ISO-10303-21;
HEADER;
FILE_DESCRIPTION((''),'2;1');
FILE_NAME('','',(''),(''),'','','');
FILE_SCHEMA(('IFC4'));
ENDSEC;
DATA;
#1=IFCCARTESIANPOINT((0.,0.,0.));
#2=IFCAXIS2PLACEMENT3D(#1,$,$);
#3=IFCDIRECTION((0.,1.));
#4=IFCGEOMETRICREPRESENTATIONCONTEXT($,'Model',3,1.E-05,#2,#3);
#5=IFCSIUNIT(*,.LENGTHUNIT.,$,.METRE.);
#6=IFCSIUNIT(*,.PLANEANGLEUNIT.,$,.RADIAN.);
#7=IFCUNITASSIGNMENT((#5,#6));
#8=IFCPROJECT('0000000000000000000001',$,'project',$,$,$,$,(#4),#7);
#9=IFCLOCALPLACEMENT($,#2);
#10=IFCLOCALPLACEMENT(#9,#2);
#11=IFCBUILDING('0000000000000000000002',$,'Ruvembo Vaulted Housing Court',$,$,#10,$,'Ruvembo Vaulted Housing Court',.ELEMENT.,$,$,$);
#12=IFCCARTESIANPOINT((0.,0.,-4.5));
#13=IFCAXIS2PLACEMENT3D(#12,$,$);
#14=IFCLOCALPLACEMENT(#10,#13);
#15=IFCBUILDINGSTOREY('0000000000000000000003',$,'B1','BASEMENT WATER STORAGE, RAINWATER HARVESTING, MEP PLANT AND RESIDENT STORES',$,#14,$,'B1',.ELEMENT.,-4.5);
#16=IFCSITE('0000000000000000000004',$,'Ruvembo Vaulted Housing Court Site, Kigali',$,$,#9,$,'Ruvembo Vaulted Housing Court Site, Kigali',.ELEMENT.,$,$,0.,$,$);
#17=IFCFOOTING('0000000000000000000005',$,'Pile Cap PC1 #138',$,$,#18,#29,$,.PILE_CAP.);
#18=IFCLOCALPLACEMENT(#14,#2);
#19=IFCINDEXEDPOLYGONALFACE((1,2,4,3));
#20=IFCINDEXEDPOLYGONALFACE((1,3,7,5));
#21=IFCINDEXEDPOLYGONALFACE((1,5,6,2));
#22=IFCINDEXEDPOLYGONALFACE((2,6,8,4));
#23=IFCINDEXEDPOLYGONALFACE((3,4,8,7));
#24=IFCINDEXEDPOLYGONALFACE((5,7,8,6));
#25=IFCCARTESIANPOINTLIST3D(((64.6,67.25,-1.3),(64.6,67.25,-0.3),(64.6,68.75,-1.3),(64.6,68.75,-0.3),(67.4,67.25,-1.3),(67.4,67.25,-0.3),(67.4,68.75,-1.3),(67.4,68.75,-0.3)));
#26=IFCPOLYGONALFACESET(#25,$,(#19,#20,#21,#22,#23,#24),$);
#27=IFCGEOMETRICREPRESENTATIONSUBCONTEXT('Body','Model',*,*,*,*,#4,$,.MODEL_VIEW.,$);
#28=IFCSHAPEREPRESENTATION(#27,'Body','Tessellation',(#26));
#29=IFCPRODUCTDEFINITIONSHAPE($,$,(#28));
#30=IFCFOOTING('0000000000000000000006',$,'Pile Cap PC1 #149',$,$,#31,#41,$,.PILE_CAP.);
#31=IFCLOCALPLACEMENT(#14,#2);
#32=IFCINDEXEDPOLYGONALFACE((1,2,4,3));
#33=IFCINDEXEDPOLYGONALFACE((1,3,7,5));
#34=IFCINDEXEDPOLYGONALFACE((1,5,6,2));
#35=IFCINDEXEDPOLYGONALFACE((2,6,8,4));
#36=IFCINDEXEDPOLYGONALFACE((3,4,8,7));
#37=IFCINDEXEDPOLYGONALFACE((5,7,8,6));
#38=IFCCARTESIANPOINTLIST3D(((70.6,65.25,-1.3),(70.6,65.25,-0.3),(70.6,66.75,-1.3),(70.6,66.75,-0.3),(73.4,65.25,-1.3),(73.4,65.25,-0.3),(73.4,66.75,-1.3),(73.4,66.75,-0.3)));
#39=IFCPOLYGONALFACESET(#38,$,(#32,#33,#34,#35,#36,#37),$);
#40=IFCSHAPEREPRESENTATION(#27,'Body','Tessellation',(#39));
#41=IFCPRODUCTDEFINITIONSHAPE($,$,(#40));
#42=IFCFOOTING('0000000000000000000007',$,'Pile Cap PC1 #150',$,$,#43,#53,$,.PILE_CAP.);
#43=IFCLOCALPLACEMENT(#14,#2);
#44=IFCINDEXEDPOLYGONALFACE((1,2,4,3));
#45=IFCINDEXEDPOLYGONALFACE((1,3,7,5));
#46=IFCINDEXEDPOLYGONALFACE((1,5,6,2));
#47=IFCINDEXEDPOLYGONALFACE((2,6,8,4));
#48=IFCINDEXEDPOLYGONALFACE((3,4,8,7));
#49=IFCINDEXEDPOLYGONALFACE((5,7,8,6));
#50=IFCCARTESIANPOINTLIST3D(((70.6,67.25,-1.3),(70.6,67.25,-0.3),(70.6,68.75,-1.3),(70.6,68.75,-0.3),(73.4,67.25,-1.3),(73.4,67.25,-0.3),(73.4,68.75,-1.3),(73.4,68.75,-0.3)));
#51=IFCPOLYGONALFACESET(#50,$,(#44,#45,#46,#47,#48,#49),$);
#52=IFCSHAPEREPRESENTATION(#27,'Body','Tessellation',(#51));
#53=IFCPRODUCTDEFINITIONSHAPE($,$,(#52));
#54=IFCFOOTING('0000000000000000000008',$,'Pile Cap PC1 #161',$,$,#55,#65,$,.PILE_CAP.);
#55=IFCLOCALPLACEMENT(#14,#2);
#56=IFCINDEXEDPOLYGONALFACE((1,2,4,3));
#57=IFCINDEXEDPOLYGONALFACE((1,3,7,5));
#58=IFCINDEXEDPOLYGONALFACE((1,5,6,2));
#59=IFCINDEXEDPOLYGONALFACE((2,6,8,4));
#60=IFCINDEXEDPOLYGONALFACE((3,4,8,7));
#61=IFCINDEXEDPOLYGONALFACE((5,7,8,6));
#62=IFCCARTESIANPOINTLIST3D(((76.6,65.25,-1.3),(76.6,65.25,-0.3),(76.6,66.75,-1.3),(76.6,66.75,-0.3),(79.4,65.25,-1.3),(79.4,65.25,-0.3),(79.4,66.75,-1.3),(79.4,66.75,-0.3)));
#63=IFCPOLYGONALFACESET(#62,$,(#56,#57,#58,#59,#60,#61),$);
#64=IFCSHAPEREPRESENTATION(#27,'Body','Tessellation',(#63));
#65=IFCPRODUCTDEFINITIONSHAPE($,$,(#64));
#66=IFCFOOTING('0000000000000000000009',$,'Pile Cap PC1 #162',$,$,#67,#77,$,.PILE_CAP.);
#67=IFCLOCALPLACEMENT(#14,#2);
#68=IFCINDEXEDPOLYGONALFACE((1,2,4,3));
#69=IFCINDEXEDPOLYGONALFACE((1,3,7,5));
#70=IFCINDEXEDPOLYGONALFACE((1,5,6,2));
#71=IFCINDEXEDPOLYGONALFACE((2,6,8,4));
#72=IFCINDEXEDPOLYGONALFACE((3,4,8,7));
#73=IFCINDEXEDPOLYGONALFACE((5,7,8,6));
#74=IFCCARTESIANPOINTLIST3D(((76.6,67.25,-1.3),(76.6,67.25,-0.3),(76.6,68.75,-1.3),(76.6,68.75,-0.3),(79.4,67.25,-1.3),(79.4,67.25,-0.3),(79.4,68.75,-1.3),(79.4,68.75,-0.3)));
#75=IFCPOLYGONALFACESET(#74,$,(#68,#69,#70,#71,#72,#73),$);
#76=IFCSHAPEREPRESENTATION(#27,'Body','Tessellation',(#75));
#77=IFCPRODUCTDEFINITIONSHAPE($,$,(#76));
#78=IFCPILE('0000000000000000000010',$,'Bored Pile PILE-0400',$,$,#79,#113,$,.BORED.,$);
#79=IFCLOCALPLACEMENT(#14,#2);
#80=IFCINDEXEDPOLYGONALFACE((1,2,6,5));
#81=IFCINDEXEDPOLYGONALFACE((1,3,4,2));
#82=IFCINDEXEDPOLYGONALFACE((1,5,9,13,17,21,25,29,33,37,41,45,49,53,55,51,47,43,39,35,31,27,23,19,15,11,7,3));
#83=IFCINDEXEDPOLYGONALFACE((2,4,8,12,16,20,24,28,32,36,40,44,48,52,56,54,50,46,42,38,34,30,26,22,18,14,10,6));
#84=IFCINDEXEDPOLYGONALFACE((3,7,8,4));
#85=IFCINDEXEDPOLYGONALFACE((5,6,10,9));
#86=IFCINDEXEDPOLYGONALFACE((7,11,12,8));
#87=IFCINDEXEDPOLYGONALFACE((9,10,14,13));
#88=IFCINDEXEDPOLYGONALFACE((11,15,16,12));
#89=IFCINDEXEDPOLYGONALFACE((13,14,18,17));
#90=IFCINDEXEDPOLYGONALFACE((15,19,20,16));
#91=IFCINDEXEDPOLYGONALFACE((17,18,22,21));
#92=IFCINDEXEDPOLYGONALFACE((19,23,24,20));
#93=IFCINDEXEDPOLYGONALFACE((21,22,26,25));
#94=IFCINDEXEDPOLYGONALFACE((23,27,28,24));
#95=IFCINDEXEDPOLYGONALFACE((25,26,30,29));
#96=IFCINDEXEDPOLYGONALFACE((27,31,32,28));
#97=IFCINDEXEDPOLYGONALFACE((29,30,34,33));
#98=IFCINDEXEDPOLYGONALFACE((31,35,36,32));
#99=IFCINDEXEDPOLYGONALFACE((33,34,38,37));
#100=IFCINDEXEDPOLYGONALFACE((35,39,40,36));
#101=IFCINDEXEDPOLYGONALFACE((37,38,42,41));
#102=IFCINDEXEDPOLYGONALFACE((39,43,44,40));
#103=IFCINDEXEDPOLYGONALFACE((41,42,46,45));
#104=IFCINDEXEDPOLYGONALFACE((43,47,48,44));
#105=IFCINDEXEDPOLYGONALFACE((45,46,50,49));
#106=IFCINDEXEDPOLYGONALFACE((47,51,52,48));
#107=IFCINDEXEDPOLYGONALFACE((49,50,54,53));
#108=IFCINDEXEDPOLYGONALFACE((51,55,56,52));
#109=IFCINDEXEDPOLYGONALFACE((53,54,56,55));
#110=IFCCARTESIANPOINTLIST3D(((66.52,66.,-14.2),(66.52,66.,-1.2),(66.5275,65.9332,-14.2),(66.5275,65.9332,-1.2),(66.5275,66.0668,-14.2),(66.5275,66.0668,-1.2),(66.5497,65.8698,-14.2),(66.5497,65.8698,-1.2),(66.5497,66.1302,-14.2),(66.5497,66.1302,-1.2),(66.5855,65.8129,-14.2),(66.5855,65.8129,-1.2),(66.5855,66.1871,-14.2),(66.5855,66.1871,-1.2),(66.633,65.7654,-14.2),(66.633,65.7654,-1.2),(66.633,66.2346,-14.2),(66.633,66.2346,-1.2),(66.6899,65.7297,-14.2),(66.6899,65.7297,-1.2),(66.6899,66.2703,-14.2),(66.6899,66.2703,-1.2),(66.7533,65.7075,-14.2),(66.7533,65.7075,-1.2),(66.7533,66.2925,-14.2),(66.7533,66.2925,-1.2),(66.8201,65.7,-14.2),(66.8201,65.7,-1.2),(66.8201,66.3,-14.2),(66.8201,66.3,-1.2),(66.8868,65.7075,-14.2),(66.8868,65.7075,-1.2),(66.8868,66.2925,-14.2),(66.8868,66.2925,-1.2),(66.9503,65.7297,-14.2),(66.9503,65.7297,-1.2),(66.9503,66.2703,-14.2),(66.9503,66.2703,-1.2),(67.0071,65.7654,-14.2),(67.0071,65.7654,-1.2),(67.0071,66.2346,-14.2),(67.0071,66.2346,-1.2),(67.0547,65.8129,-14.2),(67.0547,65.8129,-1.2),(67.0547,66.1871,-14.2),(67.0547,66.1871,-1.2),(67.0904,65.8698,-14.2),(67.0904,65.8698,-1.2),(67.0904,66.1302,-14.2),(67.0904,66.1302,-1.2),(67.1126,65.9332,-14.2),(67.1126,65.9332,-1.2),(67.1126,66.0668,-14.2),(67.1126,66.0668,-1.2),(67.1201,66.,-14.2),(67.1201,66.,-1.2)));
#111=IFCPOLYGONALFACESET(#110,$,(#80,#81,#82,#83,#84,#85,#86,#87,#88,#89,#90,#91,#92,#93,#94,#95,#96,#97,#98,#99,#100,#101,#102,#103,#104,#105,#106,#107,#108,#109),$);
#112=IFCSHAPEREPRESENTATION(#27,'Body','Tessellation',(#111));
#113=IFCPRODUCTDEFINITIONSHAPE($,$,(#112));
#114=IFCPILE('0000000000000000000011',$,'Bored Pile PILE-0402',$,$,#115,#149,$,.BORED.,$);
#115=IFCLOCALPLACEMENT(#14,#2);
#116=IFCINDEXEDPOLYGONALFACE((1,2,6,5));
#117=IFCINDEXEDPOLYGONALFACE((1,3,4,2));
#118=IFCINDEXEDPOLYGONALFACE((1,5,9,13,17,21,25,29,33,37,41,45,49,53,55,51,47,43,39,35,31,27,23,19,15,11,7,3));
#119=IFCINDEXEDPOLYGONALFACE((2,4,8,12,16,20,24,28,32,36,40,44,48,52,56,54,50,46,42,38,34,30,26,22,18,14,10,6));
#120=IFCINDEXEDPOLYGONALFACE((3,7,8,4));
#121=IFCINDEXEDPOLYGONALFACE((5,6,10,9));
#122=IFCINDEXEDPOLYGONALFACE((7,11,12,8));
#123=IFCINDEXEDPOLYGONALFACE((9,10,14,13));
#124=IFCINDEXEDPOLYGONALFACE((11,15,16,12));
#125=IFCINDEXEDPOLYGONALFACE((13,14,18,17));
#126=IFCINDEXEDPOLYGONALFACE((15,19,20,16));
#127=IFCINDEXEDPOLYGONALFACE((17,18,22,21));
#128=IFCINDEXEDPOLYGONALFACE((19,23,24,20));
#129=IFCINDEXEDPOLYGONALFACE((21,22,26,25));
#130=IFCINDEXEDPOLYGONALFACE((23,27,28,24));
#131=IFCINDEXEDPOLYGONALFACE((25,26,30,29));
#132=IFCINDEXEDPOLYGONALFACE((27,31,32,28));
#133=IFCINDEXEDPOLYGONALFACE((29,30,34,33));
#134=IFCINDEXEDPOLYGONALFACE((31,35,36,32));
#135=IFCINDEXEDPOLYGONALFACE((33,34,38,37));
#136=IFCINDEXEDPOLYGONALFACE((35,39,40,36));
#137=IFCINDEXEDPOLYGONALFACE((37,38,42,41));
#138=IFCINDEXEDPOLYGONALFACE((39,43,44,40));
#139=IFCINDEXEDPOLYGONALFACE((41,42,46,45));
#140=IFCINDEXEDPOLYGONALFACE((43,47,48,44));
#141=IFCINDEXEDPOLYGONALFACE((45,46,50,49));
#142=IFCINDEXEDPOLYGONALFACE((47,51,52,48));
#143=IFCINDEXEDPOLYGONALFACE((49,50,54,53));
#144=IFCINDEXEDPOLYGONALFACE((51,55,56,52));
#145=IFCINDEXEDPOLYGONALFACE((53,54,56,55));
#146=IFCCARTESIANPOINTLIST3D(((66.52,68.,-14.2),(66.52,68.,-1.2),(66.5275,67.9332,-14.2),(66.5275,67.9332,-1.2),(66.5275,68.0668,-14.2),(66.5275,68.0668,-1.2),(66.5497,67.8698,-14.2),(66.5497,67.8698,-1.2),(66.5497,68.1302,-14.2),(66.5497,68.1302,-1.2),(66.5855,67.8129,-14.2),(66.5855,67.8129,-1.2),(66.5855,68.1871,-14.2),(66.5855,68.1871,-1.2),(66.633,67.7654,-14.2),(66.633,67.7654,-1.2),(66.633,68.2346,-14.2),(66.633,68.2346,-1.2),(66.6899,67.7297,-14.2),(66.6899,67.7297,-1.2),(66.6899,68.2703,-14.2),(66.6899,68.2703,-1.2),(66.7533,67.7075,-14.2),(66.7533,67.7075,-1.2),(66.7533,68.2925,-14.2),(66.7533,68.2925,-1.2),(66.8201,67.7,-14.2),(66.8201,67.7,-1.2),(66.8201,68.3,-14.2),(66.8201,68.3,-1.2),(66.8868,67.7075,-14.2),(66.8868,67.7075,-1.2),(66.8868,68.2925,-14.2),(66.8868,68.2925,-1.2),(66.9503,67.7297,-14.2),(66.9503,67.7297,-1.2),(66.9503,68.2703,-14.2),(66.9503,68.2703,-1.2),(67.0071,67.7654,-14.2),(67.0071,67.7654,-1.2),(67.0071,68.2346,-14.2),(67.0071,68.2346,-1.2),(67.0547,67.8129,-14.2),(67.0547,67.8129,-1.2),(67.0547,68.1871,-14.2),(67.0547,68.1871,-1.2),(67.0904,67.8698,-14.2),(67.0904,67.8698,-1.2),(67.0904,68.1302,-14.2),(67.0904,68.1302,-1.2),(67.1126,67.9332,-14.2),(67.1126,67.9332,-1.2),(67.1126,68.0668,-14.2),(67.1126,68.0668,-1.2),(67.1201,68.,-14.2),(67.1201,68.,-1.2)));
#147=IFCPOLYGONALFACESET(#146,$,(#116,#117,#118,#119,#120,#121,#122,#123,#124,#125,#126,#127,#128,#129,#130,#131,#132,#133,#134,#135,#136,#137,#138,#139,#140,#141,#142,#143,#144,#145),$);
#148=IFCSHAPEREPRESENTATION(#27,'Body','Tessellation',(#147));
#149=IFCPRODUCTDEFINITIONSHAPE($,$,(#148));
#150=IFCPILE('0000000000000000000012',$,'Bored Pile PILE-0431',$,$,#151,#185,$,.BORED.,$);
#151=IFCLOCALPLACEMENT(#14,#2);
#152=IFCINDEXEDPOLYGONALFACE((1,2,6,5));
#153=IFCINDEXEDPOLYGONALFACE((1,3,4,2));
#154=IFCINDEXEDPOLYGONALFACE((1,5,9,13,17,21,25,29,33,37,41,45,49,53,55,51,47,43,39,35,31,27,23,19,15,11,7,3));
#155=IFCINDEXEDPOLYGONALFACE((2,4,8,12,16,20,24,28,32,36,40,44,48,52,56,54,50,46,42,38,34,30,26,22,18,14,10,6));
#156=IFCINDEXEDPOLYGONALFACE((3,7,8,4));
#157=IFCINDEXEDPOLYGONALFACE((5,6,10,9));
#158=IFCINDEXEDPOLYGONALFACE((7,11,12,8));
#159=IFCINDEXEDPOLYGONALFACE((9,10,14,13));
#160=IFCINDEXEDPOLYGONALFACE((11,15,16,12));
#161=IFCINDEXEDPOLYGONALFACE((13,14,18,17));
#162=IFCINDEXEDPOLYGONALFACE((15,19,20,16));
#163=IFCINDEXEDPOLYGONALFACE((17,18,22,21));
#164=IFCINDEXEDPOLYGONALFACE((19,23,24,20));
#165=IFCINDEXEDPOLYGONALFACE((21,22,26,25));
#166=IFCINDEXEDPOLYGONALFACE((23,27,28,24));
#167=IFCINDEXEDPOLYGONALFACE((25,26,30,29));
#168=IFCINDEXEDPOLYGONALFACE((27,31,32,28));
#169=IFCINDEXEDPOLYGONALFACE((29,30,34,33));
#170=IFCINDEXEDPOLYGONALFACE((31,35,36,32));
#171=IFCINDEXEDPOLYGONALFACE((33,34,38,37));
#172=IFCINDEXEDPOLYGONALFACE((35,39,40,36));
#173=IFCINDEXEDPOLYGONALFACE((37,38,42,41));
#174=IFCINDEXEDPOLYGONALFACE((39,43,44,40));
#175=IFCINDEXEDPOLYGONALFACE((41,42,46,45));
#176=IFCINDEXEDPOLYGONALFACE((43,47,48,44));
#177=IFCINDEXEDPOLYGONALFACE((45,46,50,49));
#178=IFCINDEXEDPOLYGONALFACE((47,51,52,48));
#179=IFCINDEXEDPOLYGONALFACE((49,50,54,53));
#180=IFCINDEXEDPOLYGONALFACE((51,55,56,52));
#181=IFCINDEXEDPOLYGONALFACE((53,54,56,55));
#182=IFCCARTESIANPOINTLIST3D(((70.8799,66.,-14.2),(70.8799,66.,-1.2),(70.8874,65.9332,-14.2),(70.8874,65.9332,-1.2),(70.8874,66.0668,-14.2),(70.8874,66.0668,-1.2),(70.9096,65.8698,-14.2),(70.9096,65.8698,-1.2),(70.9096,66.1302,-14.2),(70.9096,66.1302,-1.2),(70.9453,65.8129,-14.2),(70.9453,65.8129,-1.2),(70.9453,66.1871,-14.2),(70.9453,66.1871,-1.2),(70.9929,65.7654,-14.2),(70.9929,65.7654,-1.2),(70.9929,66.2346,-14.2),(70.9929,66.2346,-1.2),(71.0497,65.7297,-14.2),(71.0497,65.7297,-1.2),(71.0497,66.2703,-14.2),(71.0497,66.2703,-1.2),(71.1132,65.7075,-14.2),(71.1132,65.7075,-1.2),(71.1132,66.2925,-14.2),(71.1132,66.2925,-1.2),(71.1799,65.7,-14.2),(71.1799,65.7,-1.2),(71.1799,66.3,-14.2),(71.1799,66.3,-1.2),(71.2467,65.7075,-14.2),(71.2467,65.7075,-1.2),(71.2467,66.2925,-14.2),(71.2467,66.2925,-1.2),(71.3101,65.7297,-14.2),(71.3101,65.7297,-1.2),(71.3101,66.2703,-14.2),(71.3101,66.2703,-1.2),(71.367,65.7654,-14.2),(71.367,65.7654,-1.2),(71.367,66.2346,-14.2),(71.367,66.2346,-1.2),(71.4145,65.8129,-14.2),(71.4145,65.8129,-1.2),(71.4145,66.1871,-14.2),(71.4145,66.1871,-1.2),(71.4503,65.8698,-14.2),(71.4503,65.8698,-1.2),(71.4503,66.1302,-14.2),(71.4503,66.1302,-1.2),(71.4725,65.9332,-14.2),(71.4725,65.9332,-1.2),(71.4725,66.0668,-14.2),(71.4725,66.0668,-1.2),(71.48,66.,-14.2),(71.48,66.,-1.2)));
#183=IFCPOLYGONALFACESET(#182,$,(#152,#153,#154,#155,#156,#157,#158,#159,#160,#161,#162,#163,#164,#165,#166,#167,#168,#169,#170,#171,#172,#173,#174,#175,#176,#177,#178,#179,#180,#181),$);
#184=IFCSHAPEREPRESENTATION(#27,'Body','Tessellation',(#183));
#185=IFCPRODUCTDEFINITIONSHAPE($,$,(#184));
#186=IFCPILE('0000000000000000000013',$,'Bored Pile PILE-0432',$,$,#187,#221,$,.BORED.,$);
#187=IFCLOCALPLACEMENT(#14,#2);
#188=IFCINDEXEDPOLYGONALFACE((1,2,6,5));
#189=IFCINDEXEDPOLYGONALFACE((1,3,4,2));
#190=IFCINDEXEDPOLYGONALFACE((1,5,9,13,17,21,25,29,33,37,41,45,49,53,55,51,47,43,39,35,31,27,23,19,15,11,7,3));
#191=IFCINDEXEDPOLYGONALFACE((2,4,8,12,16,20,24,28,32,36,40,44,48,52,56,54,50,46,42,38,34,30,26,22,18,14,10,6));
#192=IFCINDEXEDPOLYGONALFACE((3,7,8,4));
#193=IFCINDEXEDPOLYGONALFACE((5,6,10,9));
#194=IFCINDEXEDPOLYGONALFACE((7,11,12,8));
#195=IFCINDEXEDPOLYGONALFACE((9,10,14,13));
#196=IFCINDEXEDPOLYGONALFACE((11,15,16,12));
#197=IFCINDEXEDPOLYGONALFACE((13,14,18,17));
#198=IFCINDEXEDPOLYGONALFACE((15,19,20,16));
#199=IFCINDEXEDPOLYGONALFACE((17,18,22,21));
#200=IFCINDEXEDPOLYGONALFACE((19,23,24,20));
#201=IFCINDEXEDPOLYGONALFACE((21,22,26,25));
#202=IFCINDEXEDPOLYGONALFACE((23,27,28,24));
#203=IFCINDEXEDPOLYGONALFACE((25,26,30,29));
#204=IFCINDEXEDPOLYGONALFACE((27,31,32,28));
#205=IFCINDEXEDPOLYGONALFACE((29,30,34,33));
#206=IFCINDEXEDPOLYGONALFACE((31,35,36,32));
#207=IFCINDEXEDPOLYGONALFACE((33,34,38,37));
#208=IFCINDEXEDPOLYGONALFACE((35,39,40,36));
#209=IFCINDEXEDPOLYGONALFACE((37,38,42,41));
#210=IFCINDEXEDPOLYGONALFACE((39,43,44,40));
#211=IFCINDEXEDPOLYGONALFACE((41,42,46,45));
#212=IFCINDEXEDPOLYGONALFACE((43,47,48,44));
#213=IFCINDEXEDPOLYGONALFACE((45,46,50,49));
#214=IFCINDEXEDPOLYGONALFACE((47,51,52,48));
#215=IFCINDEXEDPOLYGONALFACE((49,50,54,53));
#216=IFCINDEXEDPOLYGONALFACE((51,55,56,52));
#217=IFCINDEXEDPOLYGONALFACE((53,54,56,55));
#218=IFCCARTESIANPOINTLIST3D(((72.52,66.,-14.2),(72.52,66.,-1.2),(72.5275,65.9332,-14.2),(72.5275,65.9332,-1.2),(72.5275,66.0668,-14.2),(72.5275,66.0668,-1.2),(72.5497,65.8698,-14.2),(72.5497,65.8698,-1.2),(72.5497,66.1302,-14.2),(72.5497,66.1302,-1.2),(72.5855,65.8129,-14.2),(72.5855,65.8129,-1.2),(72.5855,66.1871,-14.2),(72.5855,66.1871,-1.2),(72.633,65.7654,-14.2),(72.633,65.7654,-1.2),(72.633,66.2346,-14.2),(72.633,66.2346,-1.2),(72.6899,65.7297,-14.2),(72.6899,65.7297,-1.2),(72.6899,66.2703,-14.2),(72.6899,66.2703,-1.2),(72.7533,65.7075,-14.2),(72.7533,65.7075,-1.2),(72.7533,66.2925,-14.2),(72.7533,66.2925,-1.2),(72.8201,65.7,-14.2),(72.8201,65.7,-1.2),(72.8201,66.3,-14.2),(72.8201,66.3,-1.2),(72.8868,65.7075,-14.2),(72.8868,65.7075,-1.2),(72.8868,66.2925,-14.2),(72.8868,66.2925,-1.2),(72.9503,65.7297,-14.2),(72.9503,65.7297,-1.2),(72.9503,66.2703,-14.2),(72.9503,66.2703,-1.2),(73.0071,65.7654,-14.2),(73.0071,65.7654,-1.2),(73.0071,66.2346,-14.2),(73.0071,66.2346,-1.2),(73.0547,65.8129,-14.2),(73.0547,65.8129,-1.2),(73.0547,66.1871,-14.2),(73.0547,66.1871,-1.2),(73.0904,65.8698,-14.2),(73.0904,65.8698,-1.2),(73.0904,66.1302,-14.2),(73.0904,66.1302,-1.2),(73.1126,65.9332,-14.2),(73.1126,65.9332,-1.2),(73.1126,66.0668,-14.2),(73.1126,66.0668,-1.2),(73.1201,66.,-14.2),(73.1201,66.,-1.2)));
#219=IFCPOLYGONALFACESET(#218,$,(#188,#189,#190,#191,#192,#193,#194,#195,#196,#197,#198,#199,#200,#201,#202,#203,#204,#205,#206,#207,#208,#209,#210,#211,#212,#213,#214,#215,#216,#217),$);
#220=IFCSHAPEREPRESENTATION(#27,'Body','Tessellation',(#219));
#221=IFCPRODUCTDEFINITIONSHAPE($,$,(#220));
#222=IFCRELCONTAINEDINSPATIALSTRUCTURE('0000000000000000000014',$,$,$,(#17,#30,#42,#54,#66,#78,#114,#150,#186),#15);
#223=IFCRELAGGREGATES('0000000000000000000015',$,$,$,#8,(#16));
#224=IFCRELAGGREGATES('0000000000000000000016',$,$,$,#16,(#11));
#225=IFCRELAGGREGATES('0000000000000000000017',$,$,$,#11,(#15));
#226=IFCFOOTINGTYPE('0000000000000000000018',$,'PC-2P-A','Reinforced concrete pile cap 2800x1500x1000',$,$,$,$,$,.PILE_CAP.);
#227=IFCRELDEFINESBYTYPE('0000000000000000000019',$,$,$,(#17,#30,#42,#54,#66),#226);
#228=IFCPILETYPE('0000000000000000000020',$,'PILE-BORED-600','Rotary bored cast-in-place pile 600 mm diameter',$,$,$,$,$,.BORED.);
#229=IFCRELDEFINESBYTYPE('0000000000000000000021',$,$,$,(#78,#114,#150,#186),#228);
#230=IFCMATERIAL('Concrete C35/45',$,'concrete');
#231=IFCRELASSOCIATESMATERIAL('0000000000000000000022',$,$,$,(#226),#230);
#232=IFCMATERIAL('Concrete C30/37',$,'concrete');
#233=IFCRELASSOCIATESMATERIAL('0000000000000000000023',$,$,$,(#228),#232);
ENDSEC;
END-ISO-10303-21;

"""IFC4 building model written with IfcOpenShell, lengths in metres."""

from ifc_helpers import new_model, si_unit, direction, frame, origin, origin_2d, place, context, subcontext, project, spatial, rectangle, circle, extrude, material, material_profile, profile_set, type_object, element, save


model = new_model("IFC4")

# Units and contexts
model_context = context("Model", 3, precision=1e-05, world=origin(), true_north=direction((0.0, 1.0)))
body_context = subcontext(model_context, "Body", "Model", "MODEL_VIEW")
ifc_project = project(units=[si_unit("LENGTHUNIT", "METRE"), si_unit("PLANEANGLEUNIT", "RADIAN")], contexts=[model_context])

# Site, building, storey
site_placement = place(None, origin())
site = spatial("IfcSite", under=ifc_project, at=site_placement, Name="Ruvembo Vaulted Housing Court Site, Kigali", LongName="Ruvembo Vaulted Housing Court Site, Kigali", CompositionType="ELEMENT", RefElevation=0.0)
building_placement = place(site_placement, origin())
building = spatial("IfcBuilding", under=site, at=building_placement, Name="Ruvembo Vaulted Housing Court", LongName="Ruvembo Vaulted Housing Court", CompositionType="ELEMENT")
storey_placement = place(building_placement, frame((0.0, 0.0, -4.5)))
storey = spatial("IfcBuildingStorey", under=building, at=storey_placement, Name="B1", Description="BASEMENT WATER STORAGE, RAINWATER HARVESTING, MEP PLANT AND RESIDENT STORES", LongName="B1", CompositionType="ELEMENT", Elevation=-4.5)

# Footings
ifc_material_1 = material(Name="Concrete C35/45", Category="concrete")
footing_type = type_object("IfcFootingType", Name="PC-2P-A", Description="Reinforced concrete pile cap 2800x1500x1000", PredefinedType="PILE_CAP", material=ifc_material_1)
for number, where, z_axis, x_axis, name in (
    (1, (66.0, 68.0, -1.3), (0.0, 0.0, 1.0), (1.0, 0.0, 0.0), "Pile Cap PC1 #138"),
    (2, (72.0, 66.0, -1.3), (0.0, 0.0, 1.0), (1.0, 0.0, 0.0), "Pile Cap PC1 #149"),
    (3, (72.0, 68.0, -1.3), (0.0, 0.0, 1.0), (1.0, 0.0, 0.0), "Pile Cap PC1 #150"),
    (4, (78.0, 66.0, -1.3), (0.0, 0.0, 1.0), (1.0, 0.0, 0.0), "Pile Cap PC1 #161"),
    (5, (78.0, 68.0, -1.3), (0.0, 0.0, 1.0), (1.0, 0.0, 0.0), "Pile Cap PC1 #162"),
):
    element("IfcFooting", number, at=place(storey_placement, frame(where, z_axis=z_axis, x_axis=x_axis)), inside=storey, type_object=footing_type, Name=name, PredefinedType="PILE_CAP", context=body_context, shape_type="SweptSolid", body=[
        extrude(rectangle(XDim=2.8, YDim=1.5, at=origin_2d()), origin(), (0.0, 0.0, 1.0), 1.0),
    ])

# Piles
ifc_material_2 = material(Name="Concrete C30/37", Category="concrete")
ifc_material_profile_1 = material_profile(ifc_material_2, circle(Radius=0.3, at=origin_2d()), Name="PILE D600")
ifc_profile_set_1 = profile_set([ifc_material_profile_1], Name="Concrete C30/37")
pile_type = type_object("IfcPileType", Name="PILE-BORED-600", Description="Rotary bored cast-in-place pile 600 mm diameter", PredefinedType="BORED", material=ifc_profile_set_1)
for number, where, z_axis, x_axis, name in (
    (6, (66.8201, 66.0, -1.2), (0.0, 0.0, -1.0), (1.0, 0.0, 0.0), "Bored Pile PILE-0400"),
    (7, (66.8201, 68.0, -1.2), (0.0, 0.0, -1.0), (1.0, 0.0, 0.0), "Bored Pile PILE-0402"),
    (8, (71.1799, 66.0, -1.2), (0.0, 0.0, -1.0), (1.0, 0.0, 0.0), "Bored Pile PILE-0431"),
    (9, (72.8201, 66.0, -1.2), (0.0, 0.0, -1.0), (1.0, 0.0, 0.0), "Bored Pile PILE-0432"),
):
    element("IfcPile", number, at=place(storey_placement, frame(where, z_axis=z_axis, x_axis=x_axis)), inside=storey, type_object=pile_type, Name=name, PredefinedType="BORED", context=body_context, shape_type="SweptSolid", body=[
        extrude(circle(Radius=0.3, at=origin_2d()), origin(), (0.0, 0.0, 1.0), 13.0),
    ])

save(model, "model.ifc")
